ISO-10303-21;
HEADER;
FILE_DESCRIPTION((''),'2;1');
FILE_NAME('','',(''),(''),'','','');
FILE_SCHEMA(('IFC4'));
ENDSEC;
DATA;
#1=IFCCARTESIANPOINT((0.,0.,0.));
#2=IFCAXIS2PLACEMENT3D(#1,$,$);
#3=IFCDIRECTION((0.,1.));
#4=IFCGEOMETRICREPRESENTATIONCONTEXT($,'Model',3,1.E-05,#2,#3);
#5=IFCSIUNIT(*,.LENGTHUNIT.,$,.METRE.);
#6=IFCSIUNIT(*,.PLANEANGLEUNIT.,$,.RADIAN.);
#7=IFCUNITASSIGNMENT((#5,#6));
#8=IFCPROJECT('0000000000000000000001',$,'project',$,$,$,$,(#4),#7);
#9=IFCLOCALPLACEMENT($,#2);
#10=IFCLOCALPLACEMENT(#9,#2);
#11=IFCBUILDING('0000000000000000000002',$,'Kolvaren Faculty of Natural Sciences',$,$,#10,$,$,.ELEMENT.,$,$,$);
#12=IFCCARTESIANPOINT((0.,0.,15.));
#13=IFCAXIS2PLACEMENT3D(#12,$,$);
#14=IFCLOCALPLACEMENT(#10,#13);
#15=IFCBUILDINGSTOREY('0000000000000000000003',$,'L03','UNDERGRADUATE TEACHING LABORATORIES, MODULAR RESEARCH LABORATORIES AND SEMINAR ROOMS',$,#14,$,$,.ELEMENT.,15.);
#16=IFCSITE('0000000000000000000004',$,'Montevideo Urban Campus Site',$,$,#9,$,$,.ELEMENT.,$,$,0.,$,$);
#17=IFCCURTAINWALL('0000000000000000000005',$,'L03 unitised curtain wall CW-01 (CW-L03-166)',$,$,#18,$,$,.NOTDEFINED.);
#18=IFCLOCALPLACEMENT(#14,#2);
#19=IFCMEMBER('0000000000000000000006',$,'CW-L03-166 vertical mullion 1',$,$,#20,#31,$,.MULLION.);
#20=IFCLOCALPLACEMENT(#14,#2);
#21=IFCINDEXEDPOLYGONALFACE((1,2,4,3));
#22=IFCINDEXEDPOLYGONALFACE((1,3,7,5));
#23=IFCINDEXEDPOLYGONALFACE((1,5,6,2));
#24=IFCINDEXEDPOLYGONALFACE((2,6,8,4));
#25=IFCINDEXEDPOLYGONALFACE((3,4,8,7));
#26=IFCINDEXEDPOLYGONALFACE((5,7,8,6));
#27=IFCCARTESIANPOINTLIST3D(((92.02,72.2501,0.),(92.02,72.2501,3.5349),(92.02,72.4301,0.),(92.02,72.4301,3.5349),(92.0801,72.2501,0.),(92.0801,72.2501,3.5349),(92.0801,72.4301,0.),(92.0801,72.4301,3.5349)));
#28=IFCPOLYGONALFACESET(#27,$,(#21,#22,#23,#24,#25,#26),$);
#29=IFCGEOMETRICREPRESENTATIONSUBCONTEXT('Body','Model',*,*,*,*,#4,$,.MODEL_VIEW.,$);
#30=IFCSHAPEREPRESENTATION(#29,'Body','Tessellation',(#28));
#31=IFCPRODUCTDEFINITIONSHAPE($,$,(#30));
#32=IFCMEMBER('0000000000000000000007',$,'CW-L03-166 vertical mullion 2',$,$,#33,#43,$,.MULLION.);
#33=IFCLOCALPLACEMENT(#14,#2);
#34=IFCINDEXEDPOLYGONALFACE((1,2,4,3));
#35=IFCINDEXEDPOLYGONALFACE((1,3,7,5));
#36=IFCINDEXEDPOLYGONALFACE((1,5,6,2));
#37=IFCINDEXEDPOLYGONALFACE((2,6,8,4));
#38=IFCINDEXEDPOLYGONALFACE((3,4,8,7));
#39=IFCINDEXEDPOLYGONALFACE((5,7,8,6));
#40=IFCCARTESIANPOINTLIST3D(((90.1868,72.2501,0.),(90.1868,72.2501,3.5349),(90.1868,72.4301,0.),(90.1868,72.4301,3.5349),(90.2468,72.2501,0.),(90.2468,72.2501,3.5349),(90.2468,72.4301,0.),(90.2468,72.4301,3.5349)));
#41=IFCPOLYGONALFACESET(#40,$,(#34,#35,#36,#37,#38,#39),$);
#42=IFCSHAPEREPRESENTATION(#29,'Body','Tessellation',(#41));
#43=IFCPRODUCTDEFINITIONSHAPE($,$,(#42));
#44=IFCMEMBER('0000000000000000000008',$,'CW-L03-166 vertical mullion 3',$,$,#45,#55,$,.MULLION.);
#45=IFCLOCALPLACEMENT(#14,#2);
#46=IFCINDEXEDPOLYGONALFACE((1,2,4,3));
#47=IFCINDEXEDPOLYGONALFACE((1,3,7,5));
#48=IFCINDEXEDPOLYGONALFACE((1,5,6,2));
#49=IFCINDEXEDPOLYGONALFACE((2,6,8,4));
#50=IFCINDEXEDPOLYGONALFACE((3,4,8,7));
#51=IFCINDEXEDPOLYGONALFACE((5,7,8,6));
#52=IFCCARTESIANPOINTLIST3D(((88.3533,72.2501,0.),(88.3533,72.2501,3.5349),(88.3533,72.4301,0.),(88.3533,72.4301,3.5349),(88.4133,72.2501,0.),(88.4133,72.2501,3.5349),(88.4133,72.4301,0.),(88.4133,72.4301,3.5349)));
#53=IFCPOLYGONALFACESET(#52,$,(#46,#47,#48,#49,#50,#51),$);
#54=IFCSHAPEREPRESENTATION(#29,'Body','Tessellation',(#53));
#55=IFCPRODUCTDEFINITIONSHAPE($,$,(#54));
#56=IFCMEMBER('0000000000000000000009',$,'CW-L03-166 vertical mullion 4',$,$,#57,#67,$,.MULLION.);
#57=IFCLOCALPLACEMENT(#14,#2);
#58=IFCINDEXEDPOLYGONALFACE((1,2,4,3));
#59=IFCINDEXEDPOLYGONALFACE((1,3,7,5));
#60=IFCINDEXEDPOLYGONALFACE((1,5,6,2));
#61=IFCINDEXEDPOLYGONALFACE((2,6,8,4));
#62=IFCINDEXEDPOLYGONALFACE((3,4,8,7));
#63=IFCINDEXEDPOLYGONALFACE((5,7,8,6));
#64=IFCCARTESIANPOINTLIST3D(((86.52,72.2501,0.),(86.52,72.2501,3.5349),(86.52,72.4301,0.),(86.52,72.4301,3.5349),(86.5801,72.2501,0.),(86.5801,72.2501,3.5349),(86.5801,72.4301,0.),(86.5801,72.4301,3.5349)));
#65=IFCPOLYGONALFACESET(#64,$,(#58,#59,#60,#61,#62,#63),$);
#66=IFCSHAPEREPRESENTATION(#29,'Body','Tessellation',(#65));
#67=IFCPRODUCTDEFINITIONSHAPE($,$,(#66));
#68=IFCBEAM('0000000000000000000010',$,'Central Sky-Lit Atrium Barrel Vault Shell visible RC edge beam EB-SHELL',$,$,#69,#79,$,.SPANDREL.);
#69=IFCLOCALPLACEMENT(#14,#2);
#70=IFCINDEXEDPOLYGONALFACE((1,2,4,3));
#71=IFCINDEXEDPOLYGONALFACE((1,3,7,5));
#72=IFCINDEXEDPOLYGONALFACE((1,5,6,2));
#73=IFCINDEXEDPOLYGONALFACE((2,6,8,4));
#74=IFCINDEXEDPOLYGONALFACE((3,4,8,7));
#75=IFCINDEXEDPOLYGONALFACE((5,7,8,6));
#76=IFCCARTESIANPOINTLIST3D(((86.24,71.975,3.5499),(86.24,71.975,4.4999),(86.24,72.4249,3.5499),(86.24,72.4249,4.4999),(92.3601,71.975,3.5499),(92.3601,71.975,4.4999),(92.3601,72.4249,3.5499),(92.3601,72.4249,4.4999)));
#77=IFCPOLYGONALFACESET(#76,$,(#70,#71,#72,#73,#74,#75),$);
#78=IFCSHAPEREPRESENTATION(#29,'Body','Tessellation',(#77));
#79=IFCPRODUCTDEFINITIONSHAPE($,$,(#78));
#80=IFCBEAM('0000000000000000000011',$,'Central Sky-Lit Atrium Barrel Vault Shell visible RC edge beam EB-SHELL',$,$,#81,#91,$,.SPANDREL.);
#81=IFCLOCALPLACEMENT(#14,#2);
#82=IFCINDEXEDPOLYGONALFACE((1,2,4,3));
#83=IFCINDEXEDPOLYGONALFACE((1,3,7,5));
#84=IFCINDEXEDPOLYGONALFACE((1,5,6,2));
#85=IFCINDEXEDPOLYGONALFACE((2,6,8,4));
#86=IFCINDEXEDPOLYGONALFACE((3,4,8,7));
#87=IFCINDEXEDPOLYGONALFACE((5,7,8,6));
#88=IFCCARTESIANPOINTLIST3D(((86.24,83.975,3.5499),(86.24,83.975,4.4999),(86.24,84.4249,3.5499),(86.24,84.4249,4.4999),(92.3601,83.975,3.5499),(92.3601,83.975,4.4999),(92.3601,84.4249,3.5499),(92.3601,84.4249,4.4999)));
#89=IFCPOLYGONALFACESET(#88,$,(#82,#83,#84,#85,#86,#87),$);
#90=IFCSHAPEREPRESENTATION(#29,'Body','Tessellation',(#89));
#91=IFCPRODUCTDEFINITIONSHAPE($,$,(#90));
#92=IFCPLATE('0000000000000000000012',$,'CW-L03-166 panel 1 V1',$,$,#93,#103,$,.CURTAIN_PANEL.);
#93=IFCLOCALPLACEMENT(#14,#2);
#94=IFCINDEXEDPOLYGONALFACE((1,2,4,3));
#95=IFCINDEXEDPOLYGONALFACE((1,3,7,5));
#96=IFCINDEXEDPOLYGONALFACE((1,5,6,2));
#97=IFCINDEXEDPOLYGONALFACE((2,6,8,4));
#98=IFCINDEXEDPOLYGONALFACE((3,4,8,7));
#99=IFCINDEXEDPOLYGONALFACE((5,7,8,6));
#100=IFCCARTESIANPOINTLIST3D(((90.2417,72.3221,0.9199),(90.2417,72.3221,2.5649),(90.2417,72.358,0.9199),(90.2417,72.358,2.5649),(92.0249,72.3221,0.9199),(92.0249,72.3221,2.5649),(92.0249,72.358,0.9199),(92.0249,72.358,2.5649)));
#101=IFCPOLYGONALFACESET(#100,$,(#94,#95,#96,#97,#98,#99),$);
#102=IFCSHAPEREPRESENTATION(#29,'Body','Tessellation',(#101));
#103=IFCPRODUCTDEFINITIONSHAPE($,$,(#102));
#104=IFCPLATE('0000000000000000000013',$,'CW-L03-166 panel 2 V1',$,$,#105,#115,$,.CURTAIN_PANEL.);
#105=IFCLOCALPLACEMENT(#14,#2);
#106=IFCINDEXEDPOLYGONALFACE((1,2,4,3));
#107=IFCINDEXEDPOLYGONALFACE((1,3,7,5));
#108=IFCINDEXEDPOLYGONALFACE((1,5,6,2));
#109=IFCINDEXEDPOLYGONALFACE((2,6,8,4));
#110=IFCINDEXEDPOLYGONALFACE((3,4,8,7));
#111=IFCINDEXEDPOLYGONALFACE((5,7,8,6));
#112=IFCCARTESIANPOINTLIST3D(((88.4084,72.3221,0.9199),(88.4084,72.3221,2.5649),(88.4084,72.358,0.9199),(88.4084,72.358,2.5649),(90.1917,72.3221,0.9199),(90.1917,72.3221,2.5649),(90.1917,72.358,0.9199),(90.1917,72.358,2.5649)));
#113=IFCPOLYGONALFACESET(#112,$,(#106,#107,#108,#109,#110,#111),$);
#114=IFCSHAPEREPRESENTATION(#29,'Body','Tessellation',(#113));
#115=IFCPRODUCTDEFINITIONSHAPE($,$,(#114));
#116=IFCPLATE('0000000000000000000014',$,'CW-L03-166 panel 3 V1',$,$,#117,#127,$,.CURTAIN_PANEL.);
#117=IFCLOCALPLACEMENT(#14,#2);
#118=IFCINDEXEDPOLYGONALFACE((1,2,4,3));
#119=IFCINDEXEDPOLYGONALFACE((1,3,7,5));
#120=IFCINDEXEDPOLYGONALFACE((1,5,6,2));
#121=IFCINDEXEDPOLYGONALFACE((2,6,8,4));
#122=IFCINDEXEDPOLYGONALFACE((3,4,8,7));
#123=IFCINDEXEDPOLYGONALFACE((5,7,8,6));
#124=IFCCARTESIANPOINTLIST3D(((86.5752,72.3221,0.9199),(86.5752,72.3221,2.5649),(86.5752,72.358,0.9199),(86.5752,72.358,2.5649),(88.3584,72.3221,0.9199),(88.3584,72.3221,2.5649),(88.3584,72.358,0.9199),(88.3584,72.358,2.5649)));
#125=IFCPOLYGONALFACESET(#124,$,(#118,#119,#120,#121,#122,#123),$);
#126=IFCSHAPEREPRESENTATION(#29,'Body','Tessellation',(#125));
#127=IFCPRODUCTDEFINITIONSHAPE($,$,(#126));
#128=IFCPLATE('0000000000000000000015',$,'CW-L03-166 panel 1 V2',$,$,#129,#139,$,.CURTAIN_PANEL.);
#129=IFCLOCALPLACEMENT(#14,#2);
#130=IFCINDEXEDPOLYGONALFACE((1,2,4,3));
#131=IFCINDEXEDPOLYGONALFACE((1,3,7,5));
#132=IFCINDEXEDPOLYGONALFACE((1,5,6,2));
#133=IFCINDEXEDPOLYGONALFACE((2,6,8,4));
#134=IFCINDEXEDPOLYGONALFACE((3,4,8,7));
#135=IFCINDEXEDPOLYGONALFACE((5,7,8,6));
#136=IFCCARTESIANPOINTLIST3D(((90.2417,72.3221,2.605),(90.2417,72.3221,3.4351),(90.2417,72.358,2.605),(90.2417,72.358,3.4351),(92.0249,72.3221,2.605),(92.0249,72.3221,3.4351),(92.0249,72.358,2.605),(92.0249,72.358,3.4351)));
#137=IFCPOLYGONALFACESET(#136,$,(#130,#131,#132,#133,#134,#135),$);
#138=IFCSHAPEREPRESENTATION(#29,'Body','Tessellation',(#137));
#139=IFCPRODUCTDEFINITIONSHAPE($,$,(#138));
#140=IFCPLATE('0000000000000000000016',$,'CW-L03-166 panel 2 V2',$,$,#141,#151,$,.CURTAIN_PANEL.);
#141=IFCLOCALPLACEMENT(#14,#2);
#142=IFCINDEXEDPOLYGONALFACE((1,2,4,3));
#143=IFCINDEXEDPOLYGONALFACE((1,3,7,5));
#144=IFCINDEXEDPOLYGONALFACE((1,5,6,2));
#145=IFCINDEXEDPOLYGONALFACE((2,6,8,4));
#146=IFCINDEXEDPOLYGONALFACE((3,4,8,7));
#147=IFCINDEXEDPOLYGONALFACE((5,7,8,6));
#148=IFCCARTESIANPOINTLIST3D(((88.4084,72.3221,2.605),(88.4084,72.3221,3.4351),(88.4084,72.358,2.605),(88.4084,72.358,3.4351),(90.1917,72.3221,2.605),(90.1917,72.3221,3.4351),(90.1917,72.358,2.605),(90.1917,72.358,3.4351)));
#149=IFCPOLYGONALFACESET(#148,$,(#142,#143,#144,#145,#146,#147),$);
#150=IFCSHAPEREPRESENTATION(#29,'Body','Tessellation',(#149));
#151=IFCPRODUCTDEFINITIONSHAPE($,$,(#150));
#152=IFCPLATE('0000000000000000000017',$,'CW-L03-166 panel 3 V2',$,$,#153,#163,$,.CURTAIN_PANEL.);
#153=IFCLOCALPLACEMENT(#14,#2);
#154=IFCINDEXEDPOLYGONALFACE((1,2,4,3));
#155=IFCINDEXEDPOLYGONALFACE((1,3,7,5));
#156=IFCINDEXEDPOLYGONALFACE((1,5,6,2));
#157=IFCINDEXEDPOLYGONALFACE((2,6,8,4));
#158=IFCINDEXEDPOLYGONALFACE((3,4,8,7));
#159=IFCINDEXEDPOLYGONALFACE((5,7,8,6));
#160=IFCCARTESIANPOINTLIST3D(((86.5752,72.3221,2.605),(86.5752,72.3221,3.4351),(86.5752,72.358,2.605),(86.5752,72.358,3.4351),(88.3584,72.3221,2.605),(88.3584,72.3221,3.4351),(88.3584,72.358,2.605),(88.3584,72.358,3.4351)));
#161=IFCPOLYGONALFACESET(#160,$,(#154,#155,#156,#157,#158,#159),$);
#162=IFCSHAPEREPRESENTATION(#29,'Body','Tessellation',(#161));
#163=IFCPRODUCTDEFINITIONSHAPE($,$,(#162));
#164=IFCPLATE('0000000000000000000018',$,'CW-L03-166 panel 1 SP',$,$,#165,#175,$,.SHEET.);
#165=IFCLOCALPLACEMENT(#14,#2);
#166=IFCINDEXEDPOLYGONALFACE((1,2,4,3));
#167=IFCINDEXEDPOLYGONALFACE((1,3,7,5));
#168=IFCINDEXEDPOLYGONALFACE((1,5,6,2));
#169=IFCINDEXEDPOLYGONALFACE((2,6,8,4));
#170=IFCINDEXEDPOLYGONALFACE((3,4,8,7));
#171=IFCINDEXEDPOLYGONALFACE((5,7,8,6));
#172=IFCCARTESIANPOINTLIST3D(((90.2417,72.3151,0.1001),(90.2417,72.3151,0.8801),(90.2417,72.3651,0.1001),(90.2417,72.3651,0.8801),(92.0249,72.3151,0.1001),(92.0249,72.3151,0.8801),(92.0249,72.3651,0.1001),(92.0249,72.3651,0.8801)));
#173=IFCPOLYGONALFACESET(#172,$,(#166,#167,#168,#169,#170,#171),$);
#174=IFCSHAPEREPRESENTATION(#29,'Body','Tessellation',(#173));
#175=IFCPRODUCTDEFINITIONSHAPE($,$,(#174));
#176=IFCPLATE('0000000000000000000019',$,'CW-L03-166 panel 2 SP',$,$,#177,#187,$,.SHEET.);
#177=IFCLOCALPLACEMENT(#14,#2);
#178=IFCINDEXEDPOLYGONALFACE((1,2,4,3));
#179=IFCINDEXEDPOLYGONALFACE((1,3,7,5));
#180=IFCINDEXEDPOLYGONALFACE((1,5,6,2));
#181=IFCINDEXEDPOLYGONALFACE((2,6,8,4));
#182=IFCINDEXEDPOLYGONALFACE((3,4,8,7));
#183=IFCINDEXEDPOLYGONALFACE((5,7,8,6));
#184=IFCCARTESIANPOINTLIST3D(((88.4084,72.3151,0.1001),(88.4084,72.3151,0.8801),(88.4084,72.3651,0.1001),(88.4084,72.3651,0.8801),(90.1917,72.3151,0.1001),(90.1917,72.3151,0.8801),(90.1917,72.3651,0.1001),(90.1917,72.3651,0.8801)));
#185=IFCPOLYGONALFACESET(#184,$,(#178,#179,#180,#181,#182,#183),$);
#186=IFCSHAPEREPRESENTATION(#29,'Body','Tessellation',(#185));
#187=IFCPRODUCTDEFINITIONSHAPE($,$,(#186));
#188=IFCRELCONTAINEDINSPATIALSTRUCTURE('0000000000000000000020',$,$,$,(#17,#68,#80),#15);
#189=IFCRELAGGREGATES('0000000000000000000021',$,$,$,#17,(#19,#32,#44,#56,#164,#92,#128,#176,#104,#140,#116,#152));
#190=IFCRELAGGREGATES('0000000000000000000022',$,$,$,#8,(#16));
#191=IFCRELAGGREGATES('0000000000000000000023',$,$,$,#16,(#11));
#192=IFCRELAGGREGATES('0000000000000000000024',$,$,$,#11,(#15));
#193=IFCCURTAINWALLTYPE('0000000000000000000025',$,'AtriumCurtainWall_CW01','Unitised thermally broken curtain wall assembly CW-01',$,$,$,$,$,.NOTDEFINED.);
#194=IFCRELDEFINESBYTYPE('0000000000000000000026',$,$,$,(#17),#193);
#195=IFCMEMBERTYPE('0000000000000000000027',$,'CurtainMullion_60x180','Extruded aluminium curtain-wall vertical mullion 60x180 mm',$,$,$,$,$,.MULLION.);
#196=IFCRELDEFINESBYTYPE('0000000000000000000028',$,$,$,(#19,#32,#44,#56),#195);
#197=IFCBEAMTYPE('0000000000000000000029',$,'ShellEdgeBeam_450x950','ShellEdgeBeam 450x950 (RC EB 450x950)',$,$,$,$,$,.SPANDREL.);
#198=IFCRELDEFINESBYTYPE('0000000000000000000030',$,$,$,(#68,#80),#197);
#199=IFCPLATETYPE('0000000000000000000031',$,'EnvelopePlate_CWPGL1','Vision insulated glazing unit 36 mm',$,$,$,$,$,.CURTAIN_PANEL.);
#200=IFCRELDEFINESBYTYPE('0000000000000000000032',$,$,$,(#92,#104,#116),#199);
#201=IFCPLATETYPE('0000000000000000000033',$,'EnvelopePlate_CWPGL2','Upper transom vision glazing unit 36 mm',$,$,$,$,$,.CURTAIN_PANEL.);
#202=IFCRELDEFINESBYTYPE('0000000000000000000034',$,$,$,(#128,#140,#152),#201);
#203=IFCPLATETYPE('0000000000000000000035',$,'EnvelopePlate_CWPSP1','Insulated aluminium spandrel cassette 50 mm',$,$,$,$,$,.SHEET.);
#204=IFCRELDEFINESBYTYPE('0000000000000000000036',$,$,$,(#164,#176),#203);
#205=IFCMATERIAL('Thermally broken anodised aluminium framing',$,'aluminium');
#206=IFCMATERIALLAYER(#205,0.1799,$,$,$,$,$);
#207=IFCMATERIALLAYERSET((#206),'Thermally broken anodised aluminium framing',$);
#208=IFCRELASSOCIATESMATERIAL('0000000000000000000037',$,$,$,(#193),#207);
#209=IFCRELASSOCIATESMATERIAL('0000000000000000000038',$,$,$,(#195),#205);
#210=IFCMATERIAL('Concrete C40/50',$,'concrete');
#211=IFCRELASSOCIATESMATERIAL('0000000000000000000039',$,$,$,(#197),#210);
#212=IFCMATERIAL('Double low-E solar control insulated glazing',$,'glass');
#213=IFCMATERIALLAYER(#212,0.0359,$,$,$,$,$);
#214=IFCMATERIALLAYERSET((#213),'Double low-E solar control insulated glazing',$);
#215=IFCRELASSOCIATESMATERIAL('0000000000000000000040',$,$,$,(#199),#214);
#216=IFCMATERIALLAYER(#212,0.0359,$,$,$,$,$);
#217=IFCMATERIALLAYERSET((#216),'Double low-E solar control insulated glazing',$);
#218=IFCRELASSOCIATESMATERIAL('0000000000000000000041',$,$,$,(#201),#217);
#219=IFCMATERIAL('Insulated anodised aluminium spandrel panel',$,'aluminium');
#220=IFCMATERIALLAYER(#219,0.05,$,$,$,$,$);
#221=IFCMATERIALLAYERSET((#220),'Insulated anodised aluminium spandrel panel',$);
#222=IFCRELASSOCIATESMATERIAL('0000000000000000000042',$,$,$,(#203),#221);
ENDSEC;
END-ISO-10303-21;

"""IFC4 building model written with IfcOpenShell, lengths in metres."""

from ifc_helpers import new_model, si_unit, direction, frame, origin, origin_2d, place, context, subcontext, project, spatial, rectangle, extrude, material, layer, layer_set, material_profile, profile_set, type_object, element, aggregate, save


model = new_model("IFC4")

# Units and contexts
model_context = context("Model", 3, precision=1e-05, world=origin(), true_north=direction((0.0, 1.0)))
body_context = subcontext(model_context, "Body", "Model", "MODEL_VIEW")
ifc_project = project(units=[si_unit("LENGTHUNIT", "METRE"), si_unit("PLANEANGLEUNIT", "RADIAN")], contexts=[model_context])

# Site, building, storey
site_placement = place(None, origin())
site = spatial("IfcSite", under=ifc_project, at=site_placement, Name="Montevideo Urban Campus Site", CompositionType="ELEMENT", RefElevation=0.0)
building_placement = place(site_placement, origin())
building = spatial("IfcBuilding", under=site, at=building_placement, Name="Kolvaren Faculty of Natural Sciences", CompositionType="ELEMENT")
storey_placement = place(building_placement, frame((0.0, 0.0, 15.0)))
storey = spatial("IfcBuildingStorey", under=building, at=storey_placement, Name="L03", Description="UNDERGRADUATE TEACHING LABORATORIES, MODULAR RESEARCH LABORATORIES AND SEMINAR ROOMS", CompositionType="ELEMENT", Elevation=15.0)

# Curtain wall, members
ifc_material_1 = material(Name="Thermally broken anodised aluminium framing", Category="aluminium")
ifc_layer_1 = layer(ifc_material_1, 0.1799)
ifc_layer_set_1 = layer_set([ifc_layer_1], Name="Thermally broken anodised aluminium framing")
curtain_wall_type = type_object("IfcCurtainWallType", Name="AtriumCurtainWall_CW01", Description="Unitised thermally broken curtain wall assembly CW-01", PredefinedType="NOTDEFINED", material=ifc_layer_set_1)
curtain_wall_placement = place(storey_placement, origin())
curtain_wall = element("IfcCurtainWall", 1, at=curtain_wall_placement, inside=storey, type_object=curtain_wall_type, Name="L03 unitised curtain wall CW-01 (CW-L03-166)", PredefinedType="NOTDEFINED")
ifc_material_profile_1 = material_profile(ifc_material_1, rectangle(XDim=0.0601, YDim=0.1799, at=origin_2d()), Name="ALU MUL 60x180")
ifc_profile_set_1 = profile_set([ifc_material_profile_1], Name="Thermally broken anodised aluminium framing")
member_type = type_object("IfcMemberType", Name="CurtainMullion_60x180", Description="Extruded aluminium curtain-wall vertical mullion 60x180 mm", PredefinedType="MULLION", material=ifc_profile_set_1)
member_1_placement = place(storey_placement, frame((92.05, 72.3401, 0.0), z_axis=(0.0, 0.0, 1.0), x_axis=(-1.0, 0.0, 0.0)))
member_1 = element("IfcMember", 2, at=member_1_placement, type_object=member_type, Name="CW-L03-166 vertical mullion 1", PredefinedType="MULLION", context=body_context, shape_type="SweptSolid", body=[
    extrude(rectangle(XDim=0.0601, YDim=0.1799, at=origin_2d()), origin(), (0.0, 0.0, 1.0), 3.5349),
])
member_2_placement = place(storey_placement, frame((90.2168, 72.3401, 0.0), z_axis=(0.0, 0.0, 1.0), x_axis=(-1.0, 0.0, 0.0)))
member_2 = element("IfcMember", 3, at=member_2_placement, type_object=member_type, Name="CW-L03-166 vertical mullion 2", PredefinedType="MULLION", context=body_context, shape_type="SweptSolid", body=[
    extrude(rectangle(XDim=0.0601, YDim=0.1799, at=origin_2d()), origin(), (0.0, 0.0, 1.0), 3.5349),
])
member_3_placement = place(storey_placement, frame((88.3833, 72.3401, 0.0), z_axis=(0.0, 0.0, 1.0), x_axis=(-1.0, 0.0, 0.0)))
member_3 = element("IfcMember", 4, at=member_3_placement, type_object=member_type, Name="CW-L03-166 vertical mullion 3", PredefinedType="MULLION", context=body_context, shape_type="SweptSolid", body=[
    extrude(rectangle(XDim=0.0601, YDim=0.1799, at=origin_2d()), origin(), (0.0, 0.0, 1.0), 3.5349),
])
member_4_placement = place(storey_placement, frame((86.55, 72.3401, 0.0), z_axis=(0.0, 0.0, 1.0), x_axis=(-1.0, 0.0, 0.0)))
member_4 = element("IfcMember", 5, at=member_4_placement, type_object=member_type, Name="CW-L03-166 vertical mullion 4", PredefinedType="MULLION", context=body_context, shape_type="SweptSolid", body=[
    extrude(rectangle(XDim=0.0601, YDim=0.1799, at=origin_2d()), origin(), (0.0, 0.0, 1.0), 3.5349),
])

# Beams
ifc_material_2 = material(Name="Concrete C40/50", Category="concrete")
ifc_material_profile_2 = material_profile(ifc_material_2, rectangle(XDim=0.45, YDim=0.95, at=origin_2d()), Name="RC EB 450x950")
ifc_profile_set_2 = profile_set([ifc_material_profile_2], Name="Concrete C40/50")
beam_type = type_object("IfcBeamType", Name="ShellEdgeBeam_450x950", Description="ShellEdgeBeam 450x950 (RC EB 450x950)", PredefinedType="SPANDREL", material=ifc_profile_set_2)
for number, where, z_axis, x_axis, name in (
    (6, (86.24, 72.2, 4.0249), (1.0, 0.0, 0.0), (0.0, 1.0, 0.0), "Central Sky-Lit Atrium Barrel Vault Shell visible RC edge beam EB-SHELL"),
    (7, (86.24, 84.2, 4.0249), (1.0, 0.0, 0.0), (0.0, 1.0, 0.0), "Central Sky-Lit Atrium Barrel Vault Shell visible RC edge beam EB-SHELL"),
):
    element("IfcBeam", number, at=place(storey_placement, frame(where, z_axis=z_axis, x_axis=x_axis)), inside=storey, type_object=beam_type, Name=name, PredefinedType="SPANDREL", context=body_context, shape_type="SweptSolid", body=[
        extrude(rectangle(XDim=0.45, YDim=0.95, at=origin_2d()), origin(), (0.0, 0.0, 1.0), 6.1201),
    ])

# Plates
ifc_material_3 = material(Name="Double low-E solar control insulated glazing", Category="glass")
ifc_layer_2 = layer(ifc_material_3, 0.0359)
ifc_layer_set_2 = layer_set([ifc_layer_2], Name="Double low-E solar control insulated glazing")
plate_type_1 = type_object("IfcPlateType", Name="EnvelopePlate_CWPGL1", Description="Vision insulated glazing unit 36 mm", PredefinedType="CURTAIN_PANEL", material=ifc_layer_set_2)
plate_1_placement = place(storey_placement, frame((91.1333, 72.3401, 0.9199), z_axis=(0.0, 0.0, 1.0), x_axis=(-1.0, 0.0, 0.0)))
plate_1 = element("IfcPlate", 8, at=plate_1_placement, type_object=plate_type_1, Name="CW-L03-166 panel 1 V1", PredefinedType="CURTAIN_PANEL", context=body_context, shape_type="SweptSolid", body=[
    extrude(rectangle(XDim=1.7832, YDim=0.0359, at=origin_2d()), origin(), (0.0, 0.0, 1.0), 1.645),
])
plate_2_placement = place(storey_placement, frame((89.3, 72.3401, 0.9199), z_axis=(0.0, 0.0, 1.0), x_axis=(-1.0, 0.0, 0.0)))
plate_2 = element("IfcPlate", 9, at=plate_2_placement, type_object=plate_type_1, Name="CW-L03-166 panel 2 V1", PredefinedType="CURTAIN_PANEL", context=body_context, shape_type="SweptSolid", body=[
    extrude(rectangle(XDim=1.7832, YDim=0.0359, at=origin_2d()), origin(), (0.0, 0.0, 1.0), 1.645),
])
plate_3_placement = place(storey_placement, frame((87.4668, 72.3401, 0.9199), z_axis=(0.0, 0.0, 1.0), x_axis=(-1.0, 0.0, 0.0)))
plate_3 = element("IfcPlate", 10, at=plate_3_placement, type_object=plate_type_1, Name="CW-L03-166 panel 3 V1", PredefinedType="CURTAIN_PANEL", context=body_context, shape_type="SweptSolid", body=[
    extrude(rectangle(XDim=1.7832, YDim=0.0359, at=origin_2d()), origin(), (0.0, 0.0, 1.0), 1.645),
])
ifc_layer_3 = layer(ifc_material_3, 0.0359)
ifc_layer_set_3 = layer_set([ifc_layer_3], Name="Double low-E solar control insulated glazing")
plate_type_2 = type_object("IfcPlateType", Name="EnvelopePlate_CWPGL2", Description="Upper transom vision glazing unit 36 mm", PredefinedType="CURTAIN_PANEL", material=ifc_layer_set_3)
plate_4_placement = place(storey_placement, frame((91.1333, 72.3401, 2.605), z_axis=(0.0, 0.0, 1.0), x_axis=(-1.0, 0.0, 0.0)))
plate_4 = element("IfcPlate", 11, at=plate_4_placement, type_object=plate_type_2, Name="CW-L03-166 panel 1 V2", PredefinedType="CURTAIN_PANEL", context=body_context, shape_type="SweptSolid", body=[
    extrude(rectangle(XDim=1.7832, YDim=0.0359, at=origin_2d()), origin(), (0.0, 0.0, 1.0), 0.8301),
])
plate_5_placement = place(storey_placement, frame((89.3, 72.3401, 2.605), z_axis=(0.0, 0.0, 1.0), x_axis=(-1.0, 0.0, 0.0)))
plate_5 = element("IfcPlate", 12, at=plate_5_placement, type_object=plate_type_2, Name="CW-L03-166 panel 2 V2", PredefinedType="CURTAIN_PANEL", context=body_context, shape_type="SweptSolid", body=[
    extrude(rectangle(XDim=1.7832, YDim=0.0359, at=origin_2d()), origin(), (0.0, 0.0, 1.0), 0.8301),
])
plate_6_placement = place(storey_placement, frame((87.4668, 72.3401, 2.605), z_axis=(0.0, 0.0, 1.0), x_axis=(-1.0, 0.0, 0.0)))
plate_6 = element("IfcPlate", 13, at=plate_6_placement, type_object=plate_type_2, Name="CW-L03-166 panel 3 V2", PredefinedType="CURTAIN_PANEL", context=body_context, shape_type="SweptSolid", body=[
    extrude(rectangle(XDim=1.7832, YDim=0.0359, at=origin_2d()), origin(), (0.0, 0.0, 1.0), 0.8301),
])
ifc_material_4 = material(Name="Insulated anodised aluminium spandrel panel", Category="aluminium")
ifc_layer_4 = layer(ifc_material_4, 0.05)
ifc_layer_set_4 = layer_set([ifc_layer_4], Name="Insulated anodised aluminium spandrel panel")
plate_type_3 = type_object("IfcPlateType", Name="EnvelopePlate_CWPSP1", Description="Insulated aluminium spandrel cassette 50 mm", PredefinedType="SHEET", material=ifc_layer_set_4)
plate_7_placement = place(storey_placement, frame((91.1333, 72.3401, 0.1001), z_axis=(0.0, 0.0, 1.0), x_axis=(-1.0, 0.0, 0.0)))
plate_7 = element("IfcPlate", 14, at=plate_7_placement, type_object=plate_type_3, Name="CW-L03-166 panel 1 SP", PredefinedType="SHEET", context=body_context, shape_type="SweptSolid", body=[
    extrude(rectangle(XDim=1.7832, YDim=0.05, at=origin_2d()), origin(), (0.0, 0.0, 1.0), 0.78),
])
plate_8_placement = place(storey_placement, frame((89.3, 72.3401, 0.1001), z_axis=(0.0, 0.0, 1.0), x_axis=(-1.0, 0.0, 0.0)))
plate_8 = element("IfcPlate", 15, at=plate_8_placement, type_object=plate_type_3, Name="CW-L03-166 panel 2 SP", PredefinedType="SHEET", context=body_context, shape_type="SweptSolid", body=[
    extrude(rectangle(XDim=1.7832, YDim=0.05, at=origin_2d()), origin(), (0.0, 0.0, 1.0), 0.78),
])
aggregate(curtain_wall, [member_1, member_2, member_3, member_4, plate_7, plate_1, plate_4, plate_8, plate_2, plate_5, plate_3, plate_6])

save(model, "model.ifc")
